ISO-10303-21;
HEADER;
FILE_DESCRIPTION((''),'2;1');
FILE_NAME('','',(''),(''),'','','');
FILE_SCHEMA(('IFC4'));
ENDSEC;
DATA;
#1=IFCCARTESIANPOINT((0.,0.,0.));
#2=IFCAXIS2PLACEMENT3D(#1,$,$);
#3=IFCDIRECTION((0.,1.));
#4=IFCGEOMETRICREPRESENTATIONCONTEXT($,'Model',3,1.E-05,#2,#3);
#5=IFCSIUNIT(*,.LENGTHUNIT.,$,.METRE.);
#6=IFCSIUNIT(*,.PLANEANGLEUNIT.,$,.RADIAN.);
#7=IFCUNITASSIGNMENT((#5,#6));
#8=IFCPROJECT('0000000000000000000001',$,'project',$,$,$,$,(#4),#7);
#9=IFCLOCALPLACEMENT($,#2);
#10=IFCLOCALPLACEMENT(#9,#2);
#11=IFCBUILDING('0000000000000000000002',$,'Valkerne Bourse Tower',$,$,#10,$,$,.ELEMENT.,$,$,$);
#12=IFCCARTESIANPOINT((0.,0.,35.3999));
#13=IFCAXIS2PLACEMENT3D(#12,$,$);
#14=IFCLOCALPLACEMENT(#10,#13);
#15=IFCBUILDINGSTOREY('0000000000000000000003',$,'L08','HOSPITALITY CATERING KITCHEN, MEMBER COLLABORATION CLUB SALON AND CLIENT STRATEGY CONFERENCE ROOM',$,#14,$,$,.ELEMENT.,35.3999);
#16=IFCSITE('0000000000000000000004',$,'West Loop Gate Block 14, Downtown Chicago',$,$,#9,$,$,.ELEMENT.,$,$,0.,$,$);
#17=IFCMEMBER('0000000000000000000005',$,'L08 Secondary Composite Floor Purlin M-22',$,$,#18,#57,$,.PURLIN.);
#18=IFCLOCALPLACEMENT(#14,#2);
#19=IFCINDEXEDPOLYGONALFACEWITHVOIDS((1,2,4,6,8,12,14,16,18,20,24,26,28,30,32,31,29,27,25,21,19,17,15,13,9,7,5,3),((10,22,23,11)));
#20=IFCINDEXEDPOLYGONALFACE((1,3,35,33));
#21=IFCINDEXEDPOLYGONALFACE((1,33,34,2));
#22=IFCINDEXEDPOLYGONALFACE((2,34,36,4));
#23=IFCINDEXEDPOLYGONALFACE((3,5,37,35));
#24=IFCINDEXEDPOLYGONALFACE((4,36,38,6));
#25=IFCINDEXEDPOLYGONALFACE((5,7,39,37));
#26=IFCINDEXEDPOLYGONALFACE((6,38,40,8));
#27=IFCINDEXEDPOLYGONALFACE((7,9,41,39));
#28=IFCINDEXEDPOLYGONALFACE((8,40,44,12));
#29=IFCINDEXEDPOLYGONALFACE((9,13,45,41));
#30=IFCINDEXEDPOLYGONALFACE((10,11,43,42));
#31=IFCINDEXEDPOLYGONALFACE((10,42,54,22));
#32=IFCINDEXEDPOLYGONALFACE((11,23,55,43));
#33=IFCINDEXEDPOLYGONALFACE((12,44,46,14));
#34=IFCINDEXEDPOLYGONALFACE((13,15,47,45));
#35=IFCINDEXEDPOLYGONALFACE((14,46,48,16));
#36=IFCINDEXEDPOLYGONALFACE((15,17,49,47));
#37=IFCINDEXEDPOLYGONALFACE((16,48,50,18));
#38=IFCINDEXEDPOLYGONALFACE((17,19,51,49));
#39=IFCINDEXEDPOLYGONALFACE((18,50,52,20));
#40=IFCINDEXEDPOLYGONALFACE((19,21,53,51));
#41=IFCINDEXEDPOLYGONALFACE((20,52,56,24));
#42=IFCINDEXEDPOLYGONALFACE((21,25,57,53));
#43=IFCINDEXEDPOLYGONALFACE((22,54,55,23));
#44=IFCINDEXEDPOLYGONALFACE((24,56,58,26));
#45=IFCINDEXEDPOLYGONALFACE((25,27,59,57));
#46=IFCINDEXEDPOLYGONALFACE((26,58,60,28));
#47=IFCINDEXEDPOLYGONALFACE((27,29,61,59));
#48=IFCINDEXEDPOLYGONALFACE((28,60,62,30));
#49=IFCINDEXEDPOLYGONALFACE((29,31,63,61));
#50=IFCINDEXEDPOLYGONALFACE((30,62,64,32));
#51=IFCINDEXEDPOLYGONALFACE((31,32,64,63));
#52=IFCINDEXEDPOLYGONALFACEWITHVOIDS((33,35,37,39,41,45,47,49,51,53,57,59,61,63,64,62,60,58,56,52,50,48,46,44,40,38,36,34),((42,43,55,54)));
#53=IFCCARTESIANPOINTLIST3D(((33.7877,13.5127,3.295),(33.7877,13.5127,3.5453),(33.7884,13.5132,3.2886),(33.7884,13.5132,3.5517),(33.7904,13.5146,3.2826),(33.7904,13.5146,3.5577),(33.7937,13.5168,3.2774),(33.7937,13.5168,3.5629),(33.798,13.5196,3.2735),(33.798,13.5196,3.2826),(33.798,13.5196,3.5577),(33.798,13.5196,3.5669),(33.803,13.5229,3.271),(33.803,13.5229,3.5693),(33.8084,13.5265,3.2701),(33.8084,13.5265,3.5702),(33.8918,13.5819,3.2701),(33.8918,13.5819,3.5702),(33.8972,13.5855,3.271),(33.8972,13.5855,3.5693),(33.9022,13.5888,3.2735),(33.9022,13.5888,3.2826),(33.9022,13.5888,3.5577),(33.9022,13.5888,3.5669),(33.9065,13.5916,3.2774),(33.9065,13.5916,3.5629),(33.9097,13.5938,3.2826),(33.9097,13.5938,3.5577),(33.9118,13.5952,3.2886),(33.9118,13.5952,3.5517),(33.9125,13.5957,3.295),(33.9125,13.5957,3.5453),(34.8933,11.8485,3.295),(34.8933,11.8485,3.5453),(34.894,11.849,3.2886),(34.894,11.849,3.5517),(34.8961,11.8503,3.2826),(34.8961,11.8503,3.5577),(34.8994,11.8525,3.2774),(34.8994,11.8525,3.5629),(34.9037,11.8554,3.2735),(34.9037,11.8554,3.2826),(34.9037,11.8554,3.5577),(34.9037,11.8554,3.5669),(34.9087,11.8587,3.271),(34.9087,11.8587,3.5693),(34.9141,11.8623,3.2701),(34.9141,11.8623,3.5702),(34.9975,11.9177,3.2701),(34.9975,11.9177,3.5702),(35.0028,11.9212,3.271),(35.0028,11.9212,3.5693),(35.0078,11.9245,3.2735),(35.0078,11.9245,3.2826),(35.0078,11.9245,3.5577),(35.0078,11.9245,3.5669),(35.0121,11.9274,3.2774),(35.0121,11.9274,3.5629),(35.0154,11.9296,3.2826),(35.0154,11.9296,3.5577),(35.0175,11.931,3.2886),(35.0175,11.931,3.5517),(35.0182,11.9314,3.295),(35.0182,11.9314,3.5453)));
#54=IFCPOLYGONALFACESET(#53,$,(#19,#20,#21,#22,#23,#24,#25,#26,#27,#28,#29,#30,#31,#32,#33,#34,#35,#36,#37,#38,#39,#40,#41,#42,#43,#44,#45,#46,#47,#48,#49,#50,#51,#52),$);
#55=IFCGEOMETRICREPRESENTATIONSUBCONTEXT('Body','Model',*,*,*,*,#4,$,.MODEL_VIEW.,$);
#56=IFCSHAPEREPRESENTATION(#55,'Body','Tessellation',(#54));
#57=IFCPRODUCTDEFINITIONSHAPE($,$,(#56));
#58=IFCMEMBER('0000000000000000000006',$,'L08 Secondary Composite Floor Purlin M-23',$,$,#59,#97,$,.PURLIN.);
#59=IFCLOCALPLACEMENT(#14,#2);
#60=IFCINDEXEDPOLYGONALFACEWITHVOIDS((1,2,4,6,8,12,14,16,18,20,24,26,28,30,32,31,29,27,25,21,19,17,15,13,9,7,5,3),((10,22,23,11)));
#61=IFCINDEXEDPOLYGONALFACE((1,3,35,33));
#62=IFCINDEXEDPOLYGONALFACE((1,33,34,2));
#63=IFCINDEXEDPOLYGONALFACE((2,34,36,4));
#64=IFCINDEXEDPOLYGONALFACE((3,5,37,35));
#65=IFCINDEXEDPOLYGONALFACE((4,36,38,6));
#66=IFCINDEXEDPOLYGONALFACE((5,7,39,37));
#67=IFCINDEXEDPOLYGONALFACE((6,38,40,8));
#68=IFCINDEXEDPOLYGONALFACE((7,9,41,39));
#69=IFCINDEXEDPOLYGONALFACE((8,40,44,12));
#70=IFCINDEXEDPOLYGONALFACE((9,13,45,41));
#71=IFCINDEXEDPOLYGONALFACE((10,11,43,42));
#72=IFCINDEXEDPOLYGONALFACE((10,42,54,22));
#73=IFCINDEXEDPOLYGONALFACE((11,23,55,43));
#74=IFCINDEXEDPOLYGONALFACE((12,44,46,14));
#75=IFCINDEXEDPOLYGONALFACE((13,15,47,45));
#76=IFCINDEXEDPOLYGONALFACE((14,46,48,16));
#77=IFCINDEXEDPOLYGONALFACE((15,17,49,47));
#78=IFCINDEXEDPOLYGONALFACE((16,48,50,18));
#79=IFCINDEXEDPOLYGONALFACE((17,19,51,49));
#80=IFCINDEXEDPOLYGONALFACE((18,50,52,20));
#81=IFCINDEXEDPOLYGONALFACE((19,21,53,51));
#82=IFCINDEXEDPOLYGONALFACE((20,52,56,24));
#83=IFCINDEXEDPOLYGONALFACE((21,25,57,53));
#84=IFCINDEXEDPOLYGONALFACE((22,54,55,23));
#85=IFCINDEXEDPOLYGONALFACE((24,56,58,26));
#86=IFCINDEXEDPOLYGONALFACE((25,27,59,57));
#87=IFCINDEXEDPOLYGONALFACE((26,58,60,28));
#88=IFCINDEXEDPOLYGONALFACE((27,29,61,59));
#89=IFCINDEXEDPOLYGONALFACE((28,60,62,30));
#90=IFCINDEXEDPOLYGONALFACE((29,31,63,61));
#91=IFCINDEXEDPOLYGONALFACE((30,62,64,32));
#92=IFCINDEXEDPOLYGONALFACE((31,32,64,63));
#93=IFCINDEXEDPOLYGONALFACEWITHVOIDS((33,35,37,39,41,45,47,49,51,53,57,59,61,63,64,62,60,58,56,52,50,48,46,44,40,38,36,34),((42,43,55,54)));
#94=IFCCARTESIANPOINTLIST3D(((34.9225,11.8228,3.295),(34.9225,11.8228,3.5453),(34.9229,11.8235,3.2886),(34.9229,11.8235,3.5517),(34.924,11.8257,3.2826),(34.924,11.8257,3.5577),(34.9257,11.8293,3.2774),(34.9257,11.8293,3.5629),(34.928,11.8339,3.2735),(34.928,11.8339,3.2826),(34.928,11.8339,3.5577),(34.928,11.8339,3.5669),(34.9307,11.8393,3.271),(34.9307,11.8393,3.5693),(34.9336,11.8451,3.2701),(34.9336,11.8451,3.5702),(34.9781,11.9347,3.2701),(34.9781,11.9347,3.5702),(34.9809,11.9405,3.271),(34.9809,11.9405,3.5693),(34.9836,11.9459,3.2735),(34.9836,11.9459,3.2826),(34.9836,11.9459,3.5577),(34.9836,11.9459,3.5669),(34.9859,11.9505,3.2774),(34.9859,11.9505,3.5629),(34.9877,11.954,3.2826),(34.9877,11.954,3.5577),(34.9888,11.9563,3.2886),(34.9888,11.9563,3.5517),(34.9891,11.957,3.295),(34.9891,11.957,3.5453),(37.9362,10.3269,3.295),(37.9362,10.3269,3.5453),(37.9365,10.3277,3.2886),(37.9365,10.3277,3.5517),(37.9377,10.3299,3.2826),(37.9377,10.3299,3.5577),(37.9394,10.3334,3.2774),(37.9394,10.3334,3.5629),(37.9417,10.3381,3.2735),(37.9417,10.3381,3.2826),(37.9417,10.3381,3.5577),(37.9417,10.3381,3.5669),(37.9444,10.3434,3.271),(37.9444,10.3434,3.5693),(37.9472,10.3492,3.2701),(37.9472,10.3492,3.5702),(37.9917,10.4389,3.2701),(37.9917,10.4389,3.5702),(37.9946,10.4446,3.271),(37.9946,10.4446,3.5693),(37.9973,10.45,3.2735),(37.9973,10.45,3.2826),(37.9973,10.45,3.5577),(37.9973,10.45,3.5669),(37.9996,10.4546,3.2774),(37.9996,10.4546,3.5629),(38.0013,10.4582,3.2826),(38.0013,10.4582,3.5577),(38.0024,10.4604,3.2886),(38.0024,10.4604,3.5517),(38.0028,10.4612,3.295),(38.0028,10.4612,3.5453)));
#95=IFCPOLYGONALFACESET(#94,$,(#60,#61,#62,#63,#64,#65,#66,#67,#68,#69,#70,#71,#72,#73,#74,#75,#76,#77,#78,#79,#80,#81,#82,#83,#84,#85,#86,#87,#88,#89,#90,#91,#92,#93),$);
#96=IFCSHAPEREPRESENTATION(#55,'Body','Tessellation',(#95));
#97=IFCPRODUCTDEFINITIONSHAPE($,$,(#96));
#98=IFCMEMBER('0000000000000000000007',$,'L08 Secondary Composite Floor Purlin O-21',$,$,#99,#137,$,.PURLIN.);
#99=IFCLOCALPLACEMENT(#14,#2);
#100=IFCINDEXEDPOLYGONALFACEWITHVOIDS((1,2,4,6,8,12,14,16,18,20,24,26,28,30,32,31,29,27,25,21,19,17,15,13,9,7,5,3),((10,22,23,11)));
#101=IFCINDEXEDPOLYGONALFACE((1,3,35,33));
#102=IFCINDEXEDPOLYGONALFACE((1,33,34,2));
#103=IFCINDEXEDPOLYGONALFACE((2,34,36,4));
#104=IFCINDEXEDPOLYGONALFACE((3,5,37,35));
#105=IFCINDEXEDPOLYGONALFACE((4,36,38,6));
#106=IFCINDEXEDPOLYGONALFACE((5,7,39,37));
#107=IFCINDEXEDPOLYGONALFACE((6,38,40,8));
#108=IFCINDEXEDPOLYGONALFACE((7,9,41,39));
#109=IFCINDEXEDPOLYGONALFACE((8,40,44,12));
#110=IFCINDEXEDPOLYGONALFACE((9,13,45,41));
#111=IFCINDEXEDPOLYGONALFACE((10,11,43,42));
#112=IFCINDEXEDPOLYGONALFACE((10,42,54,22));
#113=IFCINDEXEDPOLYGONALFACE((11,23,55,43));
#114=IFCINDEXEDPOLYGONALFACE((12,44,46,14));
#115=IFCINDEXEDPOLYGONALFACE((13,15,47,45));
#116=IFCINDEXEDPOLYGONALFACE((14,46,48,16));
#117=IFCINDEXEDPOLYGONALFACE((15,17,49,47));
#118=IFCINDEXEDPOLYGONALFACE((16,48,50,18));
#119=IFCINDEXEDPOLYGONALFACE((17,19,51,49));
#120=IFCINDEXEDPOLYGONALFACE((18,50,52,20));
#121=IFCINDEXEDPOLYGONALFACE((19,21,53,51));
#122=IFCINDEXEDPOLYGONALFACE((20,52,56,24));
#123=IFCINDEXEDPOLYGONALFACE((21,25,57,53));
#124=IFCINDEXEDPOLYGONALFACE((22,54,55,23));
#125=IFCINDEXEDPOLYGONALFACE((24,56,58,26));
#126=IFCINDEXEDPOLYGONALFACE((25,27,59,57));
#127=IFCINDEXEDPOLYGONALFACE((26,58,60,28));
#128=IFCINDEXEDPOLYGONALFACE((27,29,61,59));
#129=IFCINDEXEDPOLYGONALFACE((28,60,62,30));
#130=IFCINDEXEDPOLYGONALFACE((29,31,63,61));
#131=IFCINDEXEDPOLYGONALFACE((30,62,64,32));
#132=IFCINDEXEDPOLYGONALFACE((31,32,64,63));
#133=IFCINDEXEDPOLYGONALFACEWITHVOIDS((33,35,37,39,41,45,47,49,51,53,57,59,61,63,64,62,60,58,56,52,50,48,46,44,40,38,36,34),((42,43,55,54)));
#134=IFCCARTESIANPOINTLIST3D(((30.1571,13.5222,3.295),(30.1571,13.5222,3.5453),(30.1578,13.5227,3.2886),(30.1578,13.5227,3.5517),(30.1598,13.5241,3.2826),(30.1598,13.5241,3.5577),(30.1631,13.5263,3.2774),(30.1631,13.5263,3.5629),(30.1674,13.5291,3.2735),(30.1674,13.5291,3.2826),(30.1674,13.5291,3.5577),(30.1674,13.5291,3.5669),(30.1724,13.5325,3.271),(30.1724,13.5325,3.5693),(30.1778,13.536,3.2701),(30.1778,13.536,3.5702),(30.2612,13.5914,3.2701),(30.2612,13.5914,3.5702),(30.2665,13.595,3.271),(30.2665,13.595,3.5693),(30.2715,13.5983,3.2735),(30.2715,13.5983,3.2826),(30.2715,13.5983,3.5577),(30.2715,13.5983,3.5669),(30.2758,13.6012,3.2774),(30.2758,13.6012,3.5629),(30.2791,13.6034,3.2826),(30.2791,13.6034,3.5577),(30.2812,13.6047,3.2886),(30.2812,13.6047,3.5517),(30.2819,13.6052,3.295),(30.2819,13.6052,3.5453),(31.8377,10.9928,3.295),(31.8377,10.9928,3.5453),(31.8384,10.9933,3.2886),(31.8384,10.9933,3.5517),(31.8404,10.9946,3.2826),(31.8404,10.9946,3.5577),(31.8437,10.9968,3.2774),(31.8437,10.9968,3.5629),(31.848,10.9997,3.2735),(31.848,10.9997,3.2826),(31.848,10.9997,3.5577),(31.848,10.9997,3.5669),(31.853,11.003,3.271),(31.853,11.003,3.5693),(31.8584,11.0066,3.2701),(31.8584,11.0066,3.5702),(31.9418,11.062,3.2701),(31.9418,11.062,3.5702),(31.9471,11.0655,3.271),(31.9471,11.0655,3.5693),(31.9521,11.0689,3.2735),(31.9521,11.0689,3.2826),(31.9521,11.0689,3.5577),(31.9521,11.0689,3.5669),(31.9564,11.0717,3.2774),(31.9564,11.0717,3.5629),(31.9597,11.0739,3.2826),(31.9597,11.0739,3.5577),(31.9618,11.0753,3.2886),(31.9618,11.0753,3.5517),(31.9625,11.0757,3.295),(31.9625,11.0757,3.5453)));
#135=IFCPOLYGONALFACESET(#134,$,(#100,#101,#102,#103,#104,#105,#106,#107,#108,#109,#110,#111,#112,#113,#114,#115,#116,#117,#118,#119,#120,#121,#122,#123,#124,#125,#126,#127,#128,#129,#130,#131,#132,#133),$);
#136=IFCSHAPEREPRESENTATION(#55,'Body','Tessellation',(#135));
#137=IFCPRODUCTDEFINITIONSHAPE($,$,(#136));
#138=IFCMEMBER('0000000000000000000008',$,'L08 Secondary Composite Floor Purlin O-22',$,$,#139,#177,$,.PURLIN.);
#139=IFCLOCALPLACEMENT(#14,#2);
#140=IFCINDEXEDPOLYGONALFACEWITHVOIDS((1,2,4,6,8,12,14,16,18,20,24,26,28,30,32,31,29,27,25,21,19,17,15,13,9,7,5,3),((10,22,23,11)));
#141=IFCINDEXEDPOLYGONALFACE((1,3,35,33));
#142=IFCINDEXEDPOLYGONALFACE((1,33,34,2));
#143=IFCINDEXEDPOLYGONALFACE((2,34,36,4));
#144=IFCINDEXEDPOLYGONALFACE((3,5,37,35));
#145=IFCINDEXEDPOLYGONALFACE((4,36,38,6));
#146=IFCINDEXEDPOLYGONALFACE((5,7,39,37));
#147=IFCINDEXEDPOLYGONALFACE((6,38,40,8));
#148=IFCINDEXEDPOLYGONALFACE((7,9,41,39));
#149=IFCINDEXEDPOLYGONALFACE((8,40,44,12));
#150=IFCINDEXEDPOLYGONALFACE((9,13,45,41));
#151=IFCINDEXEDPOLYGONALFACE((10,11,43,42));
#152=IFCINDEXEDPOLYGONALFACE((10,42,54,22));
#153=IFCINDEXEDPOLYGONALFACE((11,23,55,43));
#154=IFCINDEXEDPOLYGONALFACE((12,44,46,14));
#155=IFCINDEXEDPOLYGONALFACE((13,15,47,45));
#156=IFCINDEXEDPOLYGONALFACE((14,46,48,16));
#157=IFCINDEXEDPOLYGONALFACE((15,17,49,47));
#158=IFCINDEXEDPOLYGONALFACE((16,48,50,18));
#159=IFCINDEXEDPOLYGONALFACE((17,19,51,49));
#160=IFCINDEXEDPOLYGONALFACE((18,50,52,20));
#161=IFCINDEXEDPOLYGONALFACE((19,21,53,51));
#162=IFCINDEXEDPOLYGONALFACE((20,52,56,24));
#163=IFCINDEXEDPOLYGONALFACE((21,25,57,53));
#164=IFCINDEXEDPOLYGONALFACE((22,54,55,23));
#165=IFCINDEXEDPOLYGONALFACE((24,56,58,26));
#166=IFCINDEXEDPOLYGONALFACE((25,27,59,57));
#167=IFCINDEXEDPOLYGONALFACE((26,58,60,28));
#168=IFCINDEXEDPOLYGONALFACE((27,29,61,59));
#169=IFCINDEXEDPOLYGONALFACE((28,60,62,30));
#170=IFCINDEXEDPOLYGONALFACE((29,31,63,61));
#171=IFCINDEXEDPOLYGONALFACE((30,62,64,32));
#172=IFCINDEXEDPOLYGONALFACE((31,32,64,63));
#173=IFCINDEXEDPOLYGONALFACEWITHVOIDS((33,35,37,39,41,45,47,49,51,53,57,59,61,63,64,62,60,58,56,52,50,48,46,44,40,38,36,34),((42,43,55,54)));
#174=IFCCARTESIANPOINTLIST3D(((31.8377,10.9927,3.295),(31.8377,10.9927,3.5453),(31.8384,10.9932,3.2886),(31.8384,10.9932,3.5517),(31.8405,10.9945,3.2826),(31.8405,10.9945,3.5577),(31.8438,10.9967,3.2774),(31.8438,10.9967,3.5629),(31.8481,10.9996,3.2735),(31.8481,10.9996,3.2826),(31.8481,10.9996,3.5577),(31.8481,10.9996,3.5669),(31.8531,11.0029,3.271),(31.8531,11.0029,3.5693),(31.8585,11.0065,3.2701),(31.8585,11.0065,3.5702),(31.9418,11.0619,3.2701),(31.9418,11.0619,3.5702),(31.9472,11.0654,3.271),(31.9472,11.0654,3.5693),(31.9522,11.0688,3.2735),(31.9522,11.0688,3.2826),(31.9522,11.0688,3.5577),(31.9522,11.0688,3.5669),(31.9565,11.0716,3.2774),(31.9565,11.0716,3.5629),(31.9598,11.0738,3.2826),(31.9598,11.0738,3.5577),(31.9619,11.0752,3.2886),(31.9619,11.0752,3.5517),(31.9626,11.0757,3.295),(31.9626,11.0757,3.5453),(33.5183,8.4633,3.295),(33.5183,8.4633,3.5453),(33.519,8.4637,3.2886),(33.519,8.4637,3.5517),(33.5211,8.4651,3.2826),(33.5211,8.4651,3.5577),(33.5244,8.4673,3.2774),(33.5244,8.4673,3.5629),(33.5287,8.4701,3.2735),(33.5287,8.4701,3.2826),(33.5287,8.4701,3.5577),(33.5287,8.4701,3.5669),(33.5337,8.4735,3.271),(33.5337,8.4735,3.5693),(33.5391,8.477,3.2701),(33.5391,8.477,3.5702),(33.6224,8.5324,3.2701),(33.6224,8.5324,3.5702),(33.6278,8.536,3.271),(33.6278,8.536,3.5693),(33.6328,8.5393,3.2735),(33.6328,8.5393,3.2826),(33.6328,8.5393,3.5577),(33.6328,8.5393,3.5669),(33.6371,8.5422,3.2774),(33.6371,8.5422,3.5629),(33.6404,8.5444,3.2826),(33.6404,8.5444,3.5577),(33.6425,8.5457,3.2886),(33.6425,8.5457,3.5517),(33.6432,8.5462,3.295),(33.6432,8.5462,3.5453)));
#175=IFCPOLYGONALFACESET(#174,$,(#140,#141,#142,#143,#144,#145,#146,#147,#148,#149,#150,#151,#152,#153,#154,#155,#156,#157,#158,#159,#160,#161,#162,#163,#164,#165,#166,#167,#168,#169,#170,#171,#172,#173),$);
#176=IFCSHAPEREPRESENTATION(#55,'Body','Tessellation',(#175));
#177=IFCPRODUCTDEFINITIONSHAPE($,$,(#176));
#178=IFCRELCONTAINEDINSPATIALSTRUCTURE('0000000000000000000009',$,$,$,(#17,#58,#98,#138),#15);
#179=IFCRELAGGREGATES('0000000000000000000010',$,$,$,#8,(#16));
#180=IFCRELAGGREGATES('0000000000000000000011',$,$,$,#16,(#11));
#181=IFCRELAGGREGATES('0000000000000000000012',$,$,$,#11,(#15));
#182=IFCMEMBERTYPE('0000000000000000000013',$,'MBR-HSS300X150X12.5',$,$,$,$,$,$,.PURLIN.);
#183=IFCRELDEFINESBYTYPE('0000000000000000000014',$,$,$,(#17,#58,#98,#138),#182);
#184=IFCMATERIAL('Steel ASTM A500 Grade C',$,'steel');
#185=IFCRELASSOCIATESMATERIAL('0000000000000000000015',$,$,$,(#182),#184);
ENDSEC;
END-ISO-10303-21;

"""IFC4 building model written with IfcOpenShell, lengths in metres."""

from ifc_helpers import new_model, si_unit, direction, frame, origin, origin_2d, place, context, subcontext, project, spatial, hollow_rectangle, extrude, material, material_profile, profile_set, type_object, element, save


model = new_model("IFC4")

# Units and contexts
model_context = context("Model", 3, precision=1e-05, world=origin(), true_north=direction((0.0, 1.0)))
body_context = subcontext(model_context, "Body", "Model", "MODEL_VIEW")
ifc_project = project(units=[si_unit("LENGTHUNIT", "METRE"), si_unit("PLANEANGLEUNIT", "RADIAN")], contexts=[model_context])

# Site, building, storey
site_placement = place(None, origin())
site = spatial("IfcSite", under=ifc_project, at=site_placement, Name="West Loop Gate Block 14, Downtown Chicago", CompositionType="ELEMENT", RefElevation=0.0)
building_placement = place(site_placement, origin())
building = spatial("IfcBuilding", under=site, at=building_placement, Name="Valkerne Bourse Tower", CompositionType="ELEMENT")
storey_placement = place(building_placement, frame((0.0, 0.0, 35.3999)))
storey = spatial("IfcBuildingStorey", under=building, at=storey_placement, Name="L08", Description="HOSPITALITY CATERING KITCHEN, MEMBER COLLABORATION CLUB SALON AND CLIENT STRATEGY CONFERENCE ROOM", CompositionType="ELEMENT", Elevation=35.3999)

# Members
ifc_material_1 = material(Name="Steel ASTM A500 Grade C", Category="steel")
ifc_material_profile_1 = material_profile(ifc_material_1, hollow_rectangle(XDim=0.1499, YDim=0.3, WallThickness=0.0125, OuterFilletRadius=0.0249, at=origin_2d()), Name="HSS300X150X12.5")
ifc_profile_set_1 = profile_set([ifc_material_profile_1], Name="Steel ASTM A500 Grade C")
member_type_1 = type_object("IfcMemberType", Name="MBR-HSS300X150X12.5", PredefinedType="PURLIN", material=ifc_profile_set_1)
for number, where, z_axis, x_axis, name in (
    (1, (33.8501, 13.5542, 3.4202), (0.553374, -0.832933, 0.0), (0.832933, 0.553374, 0.0), "L08 Secondary Composite Floor Purlin M-22"),
):
    element("IfcMember", number, at=place(storey_placement, frame(where, z_axis=z_axis, x_axis=x_axis)), inside=storey, type_object=member_type_1, Name=name, PredefinedType="PURLIN", context=body_context, shape_type="SweptSolid", body=[
        extrude(hollow_rectangle(XDim=0.1499, YDim=0.3, WallThickness=0.0125, OuterFilletRadius=0.0249, at=origin_2d()), origin(), (0.0, 0.0, 1.0), 1.998),
    ])
member_1_placement = place(storey_placement, frame((34.9558, 11.8899, 3.4202), z_axis=(0.89573, -0.444599, 0.0), x_axis=(0.444599, 0.89573, 0.0)))
element("IfcMember", 2, at=member_1_placement, inside=storey, type_object=member_type_1, Name="L08 Secondary Composite Floor Purlin M-23", PredefinedType="PURLIN", context=body_context, shape_type="SweptSolid", body=[
    extrude(hollow_rectangle(XDim=0.1499, YDim=0.3, WallThickness=0.0125, OuterFilletRadius=0.0249, at=origin_2d()), origin(), (0.0, 0.0, 1.0), 3.3645),
])
for number, where, z_axis, x_axis, name in (
    (3, (30.2195, 13.5637, 3.4202), (0.553401, -0.832915, 0.0), (0.832915, 0.553401, 0.0), "L08 Secondary Composite Floor Purlin O-21"),
    (4, (31.9001, 11.0342, 3.4202), (0.553401, -0.832915, 0.0), (0.832915, 0.553401, 0.0), "L08 Secondary Composite Floor Purlin O-22"),
):
    element("IfcMember", number, at=place(storey_placement, frame(where, z_axis=z_axis, x_axis=x_axis)), inside=storey, type_object=member_type_1, Name=name, PredefinedType="PURLIN", context=body_context, shape_type="SweptSolid", body=[
        extrude(hollow_rectangle(XDim=0.1499, YDim=0.3, WallThickness=0.0125, OuterFilletRadius=0.0249, at=origin_2d()), origin(), (0.0, 0.0, 1.0), 3.0369),
    ])

save(model, "model.ifc")
